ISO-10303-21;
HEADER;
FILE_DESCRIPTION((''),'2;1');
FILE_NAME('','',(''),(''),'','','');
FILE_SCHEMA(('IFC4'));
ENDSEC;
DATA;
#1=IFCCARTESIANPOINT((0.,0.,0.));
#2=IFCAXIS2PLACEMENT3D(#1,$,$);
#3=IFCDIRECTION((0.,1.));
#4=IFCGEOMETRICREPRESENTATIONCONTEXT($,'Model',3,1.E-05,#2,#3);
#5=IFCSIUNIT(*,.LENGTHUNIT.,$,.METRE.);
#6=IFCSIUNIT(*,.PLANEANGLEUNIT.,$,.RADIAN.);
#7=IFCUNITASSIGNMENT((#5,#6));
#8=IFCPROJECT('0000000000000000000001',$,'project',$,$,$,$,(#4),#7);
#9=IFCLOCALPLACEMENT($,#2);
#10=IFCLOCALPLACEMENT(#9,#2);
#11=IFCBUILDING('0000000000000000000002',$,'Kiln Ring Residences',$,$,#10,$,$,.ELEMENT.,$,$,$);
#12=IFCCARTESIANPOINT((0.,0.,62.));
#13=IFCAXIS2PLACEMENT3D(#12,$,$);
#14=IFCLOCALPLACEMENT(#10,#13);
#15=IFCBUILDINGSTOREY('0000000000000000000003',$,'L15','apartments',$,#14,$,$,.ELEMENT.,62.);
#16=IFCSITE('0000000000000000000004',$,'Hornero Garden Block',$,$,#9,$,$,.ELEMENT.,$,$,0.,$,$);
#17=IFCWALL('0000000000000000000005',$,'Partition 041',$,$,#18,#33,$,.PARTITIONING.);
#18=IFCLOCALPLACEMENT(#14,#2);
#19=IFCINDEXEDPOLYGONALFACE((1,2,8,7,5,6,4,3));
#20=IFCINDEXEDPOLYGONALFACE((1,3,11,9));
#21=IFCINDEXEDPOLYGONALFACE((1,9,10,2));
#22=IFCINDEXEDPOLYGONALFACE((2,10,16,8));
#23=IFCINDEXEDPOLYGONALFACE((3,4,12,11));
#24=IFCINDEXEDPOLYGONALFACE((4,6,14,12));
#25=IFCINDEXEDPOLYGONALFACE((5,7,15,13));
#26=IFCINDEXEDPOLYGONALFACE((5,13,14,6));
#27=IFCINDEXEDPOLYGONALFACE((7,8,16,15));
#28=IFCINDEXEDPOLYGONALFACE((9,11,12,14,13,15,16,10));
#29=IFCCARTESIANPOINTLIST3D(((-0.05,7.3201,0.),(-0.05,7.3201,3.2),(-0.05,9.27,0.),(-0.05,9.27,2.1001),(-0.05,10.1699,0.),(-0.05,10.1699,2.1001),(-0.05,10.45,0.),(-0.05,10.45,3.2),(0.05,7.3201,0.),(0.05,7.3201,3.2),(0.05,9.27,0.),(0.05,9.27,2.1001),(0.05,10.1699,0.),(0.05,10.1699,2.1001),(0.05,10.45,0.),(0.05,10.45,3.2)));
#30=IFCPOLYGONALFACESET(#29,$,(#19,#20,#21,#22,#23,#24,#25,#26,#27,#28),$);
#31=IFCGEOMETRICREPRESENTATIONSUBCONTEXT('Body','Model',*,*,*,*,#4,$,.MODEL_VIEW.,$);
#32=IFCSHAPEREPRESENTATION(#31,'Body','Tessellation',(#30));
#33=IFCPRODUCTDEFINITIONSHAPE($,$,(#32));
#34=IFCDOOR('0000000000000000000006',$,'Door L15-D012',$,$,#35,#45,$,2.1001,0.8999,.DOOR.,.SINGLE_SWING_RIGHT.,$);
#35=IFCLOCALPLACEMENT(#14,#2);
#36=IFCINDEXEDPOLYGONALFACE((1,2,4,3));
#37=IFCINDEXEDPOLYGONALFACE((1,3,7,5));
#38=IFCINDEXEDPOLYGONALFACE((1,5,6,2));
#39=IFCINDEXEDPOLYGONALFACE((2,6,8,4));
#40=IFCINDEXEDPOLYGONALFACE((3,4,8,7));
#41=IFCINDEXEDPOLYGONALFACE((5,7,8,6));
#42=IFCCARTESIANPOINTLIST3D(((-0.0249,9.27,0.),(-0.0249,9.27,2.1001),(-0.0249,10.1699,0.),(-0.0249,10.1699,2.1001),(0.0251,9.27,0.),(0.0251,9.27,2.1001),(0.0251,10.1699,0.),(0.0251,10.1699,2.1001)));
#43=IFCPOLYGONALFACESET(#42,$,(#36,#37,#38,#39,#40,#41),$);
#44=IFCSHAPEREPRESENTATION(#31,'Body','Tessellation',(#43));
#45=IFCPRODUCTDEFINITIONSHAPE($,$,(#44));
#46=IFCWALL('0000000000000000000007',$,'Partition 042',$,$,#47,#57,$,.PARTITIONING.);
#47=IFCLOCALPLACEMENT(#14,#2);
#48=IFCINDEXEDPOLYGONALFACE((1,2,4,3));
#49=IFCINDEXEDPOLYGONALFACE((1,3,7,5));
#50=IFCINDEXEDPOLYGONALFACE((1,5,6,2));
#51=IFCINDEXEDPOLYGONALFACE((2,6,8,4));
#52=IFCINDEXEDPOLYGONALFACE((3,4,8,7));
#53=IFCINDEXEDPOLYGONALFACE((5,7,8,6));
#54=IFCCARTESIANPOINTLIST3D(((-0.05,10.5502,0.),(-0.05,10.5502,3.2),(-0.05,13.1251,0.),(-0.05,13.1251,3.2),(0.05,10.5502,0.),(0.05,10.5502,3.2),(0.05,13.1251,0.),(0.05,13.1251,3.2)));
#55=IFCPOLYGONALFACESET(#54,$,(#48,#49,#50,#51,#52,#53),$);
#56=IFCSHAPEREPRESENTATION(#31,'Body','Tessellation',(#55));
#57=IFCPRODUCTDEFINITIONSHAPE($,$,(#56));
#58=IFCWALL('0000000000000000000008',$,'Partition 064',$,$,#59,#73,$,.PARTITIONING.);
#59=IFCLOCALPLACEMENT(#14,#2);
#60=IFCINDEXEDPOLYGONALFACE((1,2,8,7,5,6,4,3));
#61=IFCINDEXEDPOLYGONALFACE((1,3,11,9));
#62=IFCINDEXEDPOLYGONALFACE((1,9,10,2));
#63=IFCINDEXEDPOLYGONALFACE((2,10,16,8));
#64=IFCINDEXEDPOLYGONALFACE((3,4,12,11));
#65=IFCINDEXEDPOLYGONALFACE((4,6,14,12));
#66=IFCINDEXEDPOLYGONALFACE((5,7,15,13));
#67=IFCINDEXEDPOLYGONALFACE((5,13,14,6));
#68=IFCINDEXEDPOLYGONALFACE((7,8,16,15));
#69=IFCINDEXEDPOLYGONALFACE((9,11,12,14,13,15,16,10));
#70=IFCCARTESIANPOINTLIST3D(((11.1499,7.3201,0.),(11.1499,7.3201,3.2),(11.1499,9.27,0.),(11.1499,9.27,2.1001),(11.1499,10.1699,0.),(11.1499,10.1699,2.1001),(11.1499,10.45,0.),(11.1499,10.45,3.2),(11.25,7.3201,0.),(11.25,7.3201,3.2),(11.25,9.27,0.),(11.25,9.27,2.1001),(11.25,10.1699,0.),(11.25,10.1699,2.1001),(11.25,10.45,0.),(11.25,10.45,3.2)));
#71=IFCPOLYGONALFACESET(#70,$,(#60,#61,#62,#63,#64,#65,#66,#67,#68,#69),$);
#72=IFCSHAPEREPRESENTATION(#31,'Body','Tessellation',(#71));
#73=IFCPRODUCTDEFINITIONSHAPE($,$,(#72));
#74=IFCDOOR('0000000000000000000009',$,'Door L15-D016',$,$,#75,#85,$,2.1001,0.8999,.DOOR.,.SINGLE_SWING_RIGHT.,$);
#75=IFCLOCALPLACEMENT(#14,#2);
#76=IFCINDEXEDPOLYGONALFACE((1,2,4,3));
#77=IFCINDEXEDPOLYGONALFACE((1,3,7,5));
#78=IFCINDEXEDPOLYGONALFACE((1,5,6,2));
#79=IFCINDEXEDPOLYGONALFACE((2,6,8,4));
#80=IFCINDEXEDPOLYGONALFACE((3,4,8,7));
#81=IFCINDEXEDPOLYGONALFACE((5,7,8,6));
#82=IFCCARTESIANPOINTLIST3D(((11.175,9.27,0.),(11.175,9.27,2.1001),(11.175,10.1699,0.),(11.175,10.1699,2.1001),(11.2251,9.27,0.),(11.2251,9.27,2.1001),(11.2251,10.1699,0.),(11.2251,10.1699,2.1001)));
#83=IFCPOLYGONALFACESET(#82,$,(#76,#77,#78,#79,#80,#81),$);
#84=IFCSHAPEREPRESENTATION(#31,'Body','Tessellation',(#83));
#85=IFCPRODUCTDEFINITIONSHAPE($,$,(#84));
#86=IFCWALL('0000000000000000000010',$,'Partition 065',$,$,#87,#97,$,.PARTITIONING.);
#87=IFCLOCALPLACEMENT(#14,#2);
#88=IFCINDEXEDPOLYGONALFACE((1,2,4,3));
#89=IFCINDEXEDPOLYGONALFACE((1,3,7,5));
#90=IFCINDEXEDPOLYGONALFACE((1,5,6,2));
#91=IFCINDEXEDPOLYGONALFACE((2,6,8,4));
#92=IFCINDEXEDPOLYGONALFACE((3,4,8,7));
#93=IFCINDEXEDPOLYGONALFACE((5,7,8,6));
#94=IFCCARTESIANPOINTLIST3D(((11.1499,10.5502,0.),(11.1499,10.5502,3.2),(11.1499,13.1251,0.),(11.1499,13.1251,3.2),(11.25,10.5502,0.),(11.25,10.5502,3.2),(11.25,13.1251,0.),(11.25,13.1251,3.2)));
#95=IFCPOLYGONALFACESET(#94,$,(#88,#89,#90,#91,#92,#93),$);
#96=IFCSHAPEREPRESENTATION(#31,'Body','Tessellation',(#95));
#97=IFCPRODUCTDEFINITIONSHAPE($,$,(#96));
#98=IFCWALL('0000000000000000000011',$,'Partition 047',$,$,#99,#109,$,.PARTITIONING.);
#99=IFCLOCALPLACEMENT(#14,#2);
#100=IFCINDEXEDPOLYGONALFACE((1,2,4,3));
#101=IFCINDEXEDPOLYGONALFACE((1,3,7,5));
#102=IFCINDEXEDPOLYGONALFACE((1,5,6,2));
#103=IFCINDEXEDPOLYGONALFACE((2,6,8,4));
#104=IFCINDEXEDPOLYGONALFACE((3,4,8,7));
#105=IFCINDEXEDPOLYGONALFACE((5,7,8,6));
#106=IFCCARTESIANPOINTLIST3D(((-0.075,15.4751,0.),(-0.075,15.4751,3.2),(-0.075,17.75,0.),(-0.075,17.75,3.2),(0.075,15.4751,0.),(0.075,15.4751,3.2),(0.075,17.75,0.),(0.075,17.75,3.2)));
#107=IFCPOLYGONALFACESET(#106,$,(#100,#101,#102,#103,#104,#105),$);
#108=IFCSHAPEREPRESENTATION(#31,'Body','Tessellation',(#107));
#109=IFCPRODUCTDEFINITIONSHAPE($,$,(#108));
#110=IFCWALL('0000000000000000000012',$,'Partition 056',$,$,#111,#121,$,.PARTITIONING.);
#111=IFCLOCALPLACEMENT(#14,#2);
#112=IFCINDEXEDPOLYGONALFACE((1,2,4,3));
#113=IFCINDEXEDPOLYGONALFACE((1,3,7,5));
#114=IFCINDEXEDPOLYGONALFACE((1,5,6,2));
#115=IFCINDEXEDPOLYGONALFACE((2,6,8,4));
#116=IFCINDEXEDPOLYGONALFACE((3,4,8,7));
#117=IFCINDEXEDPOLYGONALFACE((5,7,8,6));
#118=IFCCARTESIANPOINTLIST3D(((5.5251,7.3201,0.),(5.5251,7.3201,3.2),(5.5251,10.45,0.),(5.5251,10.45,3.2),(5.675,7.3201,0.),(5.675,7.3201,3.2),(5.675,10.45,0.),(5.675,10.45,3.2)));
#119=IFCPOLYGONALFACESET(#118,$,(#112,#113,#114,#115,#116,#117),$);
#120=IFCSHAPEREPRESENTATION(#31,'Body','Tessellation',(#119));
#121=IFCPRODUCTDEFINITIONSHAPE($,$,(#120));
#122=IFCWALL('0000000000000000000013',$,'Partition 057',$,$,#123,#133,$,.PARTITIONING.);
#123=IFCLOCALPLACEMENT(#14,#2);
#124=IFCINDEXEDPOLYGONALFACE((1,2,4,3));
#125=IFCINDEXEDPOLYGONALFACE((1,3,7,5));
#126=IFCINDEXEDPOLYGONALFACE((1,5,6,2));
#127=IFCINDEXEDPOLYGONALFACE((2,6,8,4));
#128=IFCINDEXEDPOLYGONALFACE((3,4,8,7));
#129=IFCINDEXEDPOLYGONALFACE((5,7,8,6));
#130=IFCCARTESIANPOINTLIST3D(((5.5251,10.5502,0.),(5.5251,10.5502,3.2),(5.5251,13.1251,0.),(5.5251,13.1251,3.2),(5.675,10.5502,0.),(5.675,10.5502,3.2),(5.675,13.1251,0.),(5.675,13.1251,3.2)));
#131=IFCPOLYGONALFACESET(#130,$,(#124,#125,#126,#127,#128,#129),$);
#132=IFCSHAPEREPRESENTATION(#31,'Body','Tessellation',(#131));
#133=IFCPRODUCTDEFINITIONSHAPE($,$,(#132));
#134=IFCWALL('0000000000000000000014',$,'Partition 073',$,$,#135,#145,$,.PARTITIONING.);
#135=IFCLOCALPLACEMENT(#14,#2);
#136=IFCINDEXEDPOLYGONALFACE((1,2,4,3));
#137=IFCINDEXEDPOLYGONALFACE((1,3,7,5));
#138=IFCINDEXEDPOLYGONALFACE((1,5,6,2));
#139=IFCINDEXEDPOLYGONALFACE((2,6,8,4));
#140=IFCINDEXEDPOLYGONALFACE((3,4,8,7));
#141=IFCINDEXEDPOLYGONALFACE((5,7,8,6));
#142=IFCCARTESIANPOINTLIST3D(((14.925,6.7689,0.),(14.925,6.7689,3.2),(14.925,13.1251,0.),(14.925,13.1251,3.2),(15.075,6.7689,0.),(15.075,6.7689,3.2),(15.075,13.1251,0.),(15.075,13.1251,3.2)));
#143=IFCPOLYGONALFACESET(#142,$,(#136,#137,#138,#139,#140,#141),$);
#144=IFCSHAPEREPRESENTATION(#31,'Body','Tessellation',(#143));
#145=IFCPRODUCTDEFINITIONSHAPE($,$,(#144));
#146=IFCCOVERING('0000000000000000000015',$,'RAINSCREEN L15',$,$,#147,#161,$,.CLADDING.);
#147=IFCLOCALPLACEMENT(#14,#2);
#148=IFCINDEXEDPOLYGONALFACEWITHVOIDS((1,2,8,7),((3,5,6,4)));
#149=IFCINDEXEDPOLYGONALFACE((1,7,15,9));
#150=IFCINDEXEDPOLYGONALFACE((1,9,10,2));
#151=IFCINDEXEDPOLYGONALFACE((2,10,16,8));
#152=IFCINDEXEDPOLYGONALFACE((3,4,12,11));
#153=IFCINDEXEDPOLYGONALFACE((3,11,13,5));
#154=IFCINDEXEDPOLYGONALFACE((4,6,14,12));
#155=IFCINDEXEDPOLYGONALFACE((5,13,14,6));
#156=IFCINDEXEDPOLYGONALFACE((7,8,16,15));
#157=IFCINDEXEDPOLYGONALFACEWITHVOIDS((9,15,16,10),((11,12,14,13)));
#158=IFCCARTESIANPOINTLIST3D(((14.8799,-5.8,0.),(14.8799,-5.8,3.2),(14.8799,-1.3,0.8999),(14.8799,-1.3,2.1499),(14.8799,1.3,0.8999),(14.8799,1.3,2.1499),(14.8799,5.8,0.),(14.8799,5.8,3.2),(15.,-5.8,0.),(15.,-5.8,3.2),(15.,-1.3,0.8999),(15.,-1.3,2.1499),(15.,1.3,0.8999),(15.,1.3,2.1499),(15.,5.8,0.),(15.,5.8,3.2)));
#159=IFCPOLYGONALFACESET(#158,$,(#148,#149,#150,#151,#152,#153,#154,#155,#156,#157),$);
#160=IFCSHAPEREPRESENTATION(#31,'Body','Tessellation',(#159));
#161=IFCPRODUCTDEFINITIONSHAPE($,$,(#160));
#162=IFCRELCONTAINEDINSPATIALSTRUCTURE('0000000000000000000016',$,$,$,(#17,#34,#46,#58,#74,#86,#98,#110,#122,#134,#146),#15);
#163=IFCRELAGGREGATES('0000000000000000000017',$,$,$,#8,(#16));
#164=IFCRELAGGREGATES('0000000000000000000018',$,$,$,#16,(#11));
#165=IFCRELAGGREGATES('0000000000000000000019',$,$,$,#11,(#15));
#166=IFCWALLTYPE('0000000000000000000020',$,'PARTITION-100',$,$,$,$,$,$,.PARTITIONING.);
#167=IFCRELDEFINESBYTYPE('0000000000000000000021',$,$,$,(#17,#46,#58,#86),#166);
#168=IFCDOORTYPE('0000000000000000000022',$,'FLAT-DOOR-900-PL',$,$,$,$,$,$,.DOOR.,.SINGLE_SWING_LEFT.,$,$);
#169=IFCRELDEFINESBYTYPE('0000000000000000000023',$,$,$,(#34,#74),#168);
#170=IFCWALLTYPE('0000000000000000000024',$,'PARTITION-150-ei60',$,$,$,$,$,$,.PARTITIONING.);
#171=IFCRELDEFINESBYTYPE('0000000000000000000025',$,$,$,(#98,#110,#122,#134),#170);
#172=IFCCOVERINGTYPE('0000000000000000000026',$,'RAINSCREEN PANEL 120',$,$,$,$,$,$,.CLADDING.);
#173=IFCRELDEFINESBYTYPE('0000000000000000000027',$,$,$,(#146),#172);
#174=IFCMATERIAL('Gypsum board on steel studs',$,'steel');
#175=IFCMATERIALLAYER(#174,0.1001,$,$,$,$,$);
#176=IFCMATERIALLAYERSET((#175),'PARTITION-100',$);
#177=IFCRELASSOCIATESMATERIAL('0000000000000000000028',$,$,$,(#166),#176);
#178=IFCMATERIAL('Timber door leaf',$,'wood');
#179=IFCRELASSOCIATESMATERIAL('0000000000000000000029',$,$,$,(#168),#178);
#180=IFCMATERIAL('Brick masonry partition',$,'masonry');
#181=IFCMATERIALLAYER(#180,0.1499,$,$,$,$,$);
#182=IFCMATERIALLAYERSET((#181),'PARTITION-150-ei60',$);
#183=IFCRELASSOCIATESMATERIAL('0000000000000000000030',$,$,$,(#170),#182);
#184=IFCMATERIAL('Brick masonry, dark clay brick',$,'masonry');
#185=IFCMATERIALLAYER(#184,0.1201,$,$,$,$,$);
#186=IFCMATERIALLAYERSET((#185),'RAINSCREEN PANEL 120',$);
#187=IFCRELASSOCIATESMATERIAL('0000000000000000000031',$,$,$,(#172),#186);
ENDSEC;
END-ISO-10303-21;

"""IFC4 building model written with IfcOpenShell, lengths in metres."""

from ifc_helpers import new_model, si_unit, direction, frame, frame_2d, origin, place, context, subcontext, project, spatial, polyline, rectangle, outline, extrude, material, layer, layer_set, type_object, element, fill, save


model = new_model("IFC4")

# Units and contexts
model_context = context("Model", 3, precision=1e-05, world=origin(), true_north=direction((0.0, 1.0)))
body_context = subcontext(model_context, "Body", "Model", "MODEL_VIEW")
ifc_project = project(units=[si_unit("LENGTHUNIT", "METRE"), si_unit("PLANEANGLEUNIT", "RADIAN")], contexts=[model_context])

# Site, building, storey
site_placement = place(None, origin())
site = spatial("IfcSite", under=ifc_project, at=site_placement, Name="Hornero Garden Block", CompositionType="ELEMENT", RefElevation=0.0)
building_placement = place(site_placement, origin())
building = spatial("IfcBuilding", under=site, at=building_placement, Name="Kiln Ring Residences", CompositionType="ELEMENT")
storey_placement = place(building_placement, frame((0.0, 0.0, 62.0)))
storey = spatial("IfcBuildingStorey", under=building, at=storey_placement, Name="L15", Description="apartments", CompositionType="ELEMENT", Elevation=62.0)

# Wall, opening, door
ifc_material_1 = material(Name="Gypsum board on steel studs", Category="steel")
ifc_layer_1 = layer(ifc_material_1, 0.1001)
ifc_layer_set_1 = layer_set([ifc_layer_1], Name="PARTITION-100")
wall_type_1 = type_object("IfcWallType", Name="PARTITION-100", PredefinedType="PARTITIONING", material=ifc_layer_set_1)
wall_1_placement = place(storey_placement, frame((0.0, 7.3201, 0.0), z_axis=(0.0, 0.0, 1.0), x_axis=(0.0, 1.0, 0.0)))
wall_1 = element("IfcWall", 1, at=wall_1_placement, inside=storey, type_object=wall_type_1, Name="Partition 041", PredefinedType="PARTITIONING", context=body_context, shape_type="SweptSolid", body=[
    extrude(rectangle(XDim=3.1299, YDim=0.1001, at=frame_2d((1.5649, 0.0))), origin(), (0.0, 0.0, 1.0), 3.2),
])
opening_1_placement = place(wall_1_placement, frame((1.95, 0.0, 0.0)))
opening_1 = element("IfcOpeningElement", 2, at=opening_1_placement, cuts=wall_1, PredefinedType="OPENING", context=body_context, shape_type="SweptSolid", body=[
    extrude(rectangle(XDim=0.8999, YDim=2.1001, at=frame_2d((0.45, 1.05))), frame((0.0, 0.0601, 0.0), z_axis=(0.0, -1.0, 0.0), x_axis=(1.0, 0.0, 0.0)), (0.0, 0.0, 1.0), 0.1201),
])
ifc_material_2 = material(Name="Timber door leaf", Category="wood")
door_type = type_object("IfcDoorType", Name="FLAT-DOOR-900-PL", OperationType="SINGLE_SWING_LEFT", PredefinedType="DOOR", material=ifc_material_2)
door_1_placement = place(opening_1_placement, origin())
door_1 = element("IfcDoor", 3, at=door_1_placement, inside=storey, type_object=door_type, Name="Door L15-D012", OperationType="SINGLE_SWING_RIGHT", OverallHeight=2.1001, OverallWidth=0.8999, PredefinedType="DOOR", context=body_context, shape_type="SweptSolid", body=[
    extrude(rectangle(XDim=0.8999, YDim=2.1001, at=frame_2d((0.45, 1.05))), frame((0.0, 0.0249, 0.0), z_axis=(0.0, -1.0, 0.0), x_axis=(1.0, 0.0, 0.0)), (0.0, 0.0, 1.0), 0.05),
])
fill(opening_1, door_1)

# Wall
wall_2_placement = place(storey_placement, frame((0.0, 10.55, 0.0), z_axis=(0.0, 0.0, 1.0), x_axis=(0.0, 1.0, 0.0)))
element("IfcWall", 4, at=wall_2_placement, inside=storey, type_object=wall_type_1, Name="Partition 042", PredefinedType="PARTITIONING", context=body_context, shape_type="SweptSolid", body=[
    extrude(rectangle(XDim=2.575, YDim=0.1001, at=frame_2d((1.2876, 0.0))), origin(), (0.0, 0.0, 1.0), 3.2),
])

# Wall, opening, door
wall_3_placement = place(storey_placement, frame((11.2, 7.3201, 0.0), z_axis=(0.0, 0.0, 1.0), x_axis=(0.0, 1.0, 0.0)))
wall_3 = element("IfcWall", 5, at=wall_3_placement, inside=storey, type_object=wall_type_1, Name="Partition 064", PredefinedType="PARTITIONING", context=body_context, shape_type="SweptSolid", body=[
    extrude(rectangle(XDim=3.1299, YDim=0.1001, at=frame_2d((1.5649, 0.0))), origin(), (0.0, 0.0, 1.0), 3.2),
])
opening_2_placement = place(wall_3_placement, frame((1.95, 0.0, 0.0)))
opening_2 = element("IfcOpeningElement", 6, at=opening_2_placement, cuts=wall_3, PredefinedType="OPENING", context=body_context, shape_type="SweptSolid", body=[
    extrude(rectangle(XDim=0.8999, YDim=2.1001, at=frame_2d((0.45, 1.05))), frame((0.0, 0.0601, 0.0), z_axis=(0.0, -1.0, 0.0), x_axis=(1.0, 0.0, 0.0)), (0.0, 0.0, 1.0), 0.1201),
])
door_2_placement = place(opening_2_placement, origin())
door_2 = element("IfcDoor", 7, at=door_2_placement, inside=storey, type_object=door_type, Name="Door L15-D016", OperationType="SINGLE_SWING_RIGHT", OverallHeight=2.1001, OverallWidth=0.8999, PredefinedType="DOOR", context=body_context, shape_type="SweptSolid", body=[
    extrude(rectangle(XDim=0.8999, YDim=2.1001, at=frame_2d((0.45, 1.05))), frame((0.0, 0.0249, 0.0), z_axis=(0.0, -1.0, 0.0), x_axis=(1.0, 0.0, 0.0)), (0.0, 0.0, 1.0), 0.05),
])
fill(opening_2, door_2)

# Walls
wall_4_placement = place(storey_placement, frame((11.2, 10.55, 0.0), z_axis=(0.0, 0.0, 1.0), x_axis=(0.0, 1.0, 0.0)))
element("IfcWall", 8, at=wall_4_placement, inside=storey, type_object=wall_type_1, Name="Partition 065", PredefinedType="PARTITIONING", context=body_context, shape_type="SweptSolid", body=[
    extrude(rectangle(XDim=2.575, YDim=0.1001, at=frame_2d((1.2876, 0.0))), origin(), (0.0, 0.0, 1.0), 3.2),
])
ifc_material_3 = material(Name="Brick masonry partition", Category="masonry")
ifc_layer_2 = layer(ifc_material_3, 0.1499)
ifc_layer_set_2 = layer_set([ifc_layer_2], Name="PARTITION-150-ei60")
wall_type_2 = type_object("IfcWallType", Name="PARTITION-150-ei60", PredefinedType="PARTITIONING", material=ifc_layer_set_2)
wall_5_placement = place(storey_placement, frame((0.0, 15.4751, 0.0), z_axis=(0.0, 0.0, 1.0), x_axis=(0.0, 1.0, 0.0)))
element("IfcWall", 9, at=wall_5_placement, inside=storey, type_object=wall_type_2, Name="Partition 047", PredefinedType="PARTITIONING", context=body_context, shape_type="SweptSolid", body=[
    extrude(rectangle(XDim=2.2749, YDim=0.1499, at=frame_2d((1.1375, 0.0))), origin(), (0.0, 0.0, 1.0), 3.2),
])
wall_6_placement = place(storey_placement, frame((5.6001, 7.3201, 0.0), z_axis=(0.0, 0.0, 1.0), x_axis=(0.0, 1.0, 0.0)))
element("IfcWall", 10, at=wall_6_placement, inside=storey, type_object=wall_type_2, Name="Partition 056", PredefinedType="PARTITIONING", context=body_context, shape_type="SweptSolid", body=[
    extrude(rectangle(XDim=3.1299, YDim=0.1499, at=frame_2d((1.5649, 0.0))), origin(), (0.0, 0.0, 1.0), 3.2),
])
wall_7_placement = place(storey_placement, frame((5.6001, 10.55, 0.0), z_axis=(0.0, 0.0, 1.0), x_axis=(0.0, 1.0, 0.0)))
element("IfcWall", 11, at=wall_7_placement, inside=storey, type_object=wall_type_2, Name="Partition 057", PredefinedType="PARTITIONING", context=body_context, shape_type="SweptSolid", body=[
    extrude(rectangle(XDim=2.575, YDim=0.1499, at=frame_2d((1.2876, 0.0))), origin(), (0.0, 0.0, 1.0), 3.2),
])
wall_8_placement = place(storey_placement, frame((15.0, 6.7688, 0.0), z_axis=(0.0, 0.0, 1.0), x_axis=(0.0, 1.0, 0.0)))
element("IfcWall", 12, at=wall_8_placement, inside=storey, type_object=wall_type_2, Name="Partition 073", PredefinedType="PARTITIONING", context=body_context, shape_type="SweptSolid", body=[
    extrude(rectangle(XDim=6.3562, YDim=0.1499, at=frame_2d((3.1782, 0.0))), origin(), (0.0, 0.0, 1.0), 3.2),
])

# Covering
ifc_material_4 = material(Name="Brick masonry, dark clay brick", Category="masonry")
ifc_layer_3 = layer(ifc_material_4, 0.1201)
ifc_layer_set_3 = layer_set([ifc_layer_3], Name="RAINSCREEN PANEL 120")
covering_type = type_object("IfcCoveringType", Name="RAINSCREEN PANEL 120", PredefinedType="CLADDING", material=ifc_layer_set_3)
covering_placement = place(storey_placement, frame((14.9399, 5.8, 0.0), z_axis=(0.0, 0.0, 1.0), x_axis=(0.0, -1.0, 0.0)))
element("IfcCovering", 13, at=covering_placement, inside=storey, type_object=covering_type, Name="RAINSCREEN L15", PredefinedType="CLADDING", context=body_context, shape_type="SweptSolid", body=[
    extrude(outline(polyline([(0.0, 0.0), (11.6001, 0.0), (11.6001, 3.2), (0.0, 3.2), (0.0, 0.0)]), holes=[polyline([(4.5, 2.1499), (4.5, 0.8999), (7.1001, 0.8999), (7.1001, 2.1499), (4.5, 2.1499)])]), frame((0.0, 0.0601, 0.0), z_axis=(0.0, -1.0, 0.0), x_axis=(1.0, 0.0, 0.0)), (0.0, 0.0, 1.0), 0.1201),
])

save(model, "model.ifc")
